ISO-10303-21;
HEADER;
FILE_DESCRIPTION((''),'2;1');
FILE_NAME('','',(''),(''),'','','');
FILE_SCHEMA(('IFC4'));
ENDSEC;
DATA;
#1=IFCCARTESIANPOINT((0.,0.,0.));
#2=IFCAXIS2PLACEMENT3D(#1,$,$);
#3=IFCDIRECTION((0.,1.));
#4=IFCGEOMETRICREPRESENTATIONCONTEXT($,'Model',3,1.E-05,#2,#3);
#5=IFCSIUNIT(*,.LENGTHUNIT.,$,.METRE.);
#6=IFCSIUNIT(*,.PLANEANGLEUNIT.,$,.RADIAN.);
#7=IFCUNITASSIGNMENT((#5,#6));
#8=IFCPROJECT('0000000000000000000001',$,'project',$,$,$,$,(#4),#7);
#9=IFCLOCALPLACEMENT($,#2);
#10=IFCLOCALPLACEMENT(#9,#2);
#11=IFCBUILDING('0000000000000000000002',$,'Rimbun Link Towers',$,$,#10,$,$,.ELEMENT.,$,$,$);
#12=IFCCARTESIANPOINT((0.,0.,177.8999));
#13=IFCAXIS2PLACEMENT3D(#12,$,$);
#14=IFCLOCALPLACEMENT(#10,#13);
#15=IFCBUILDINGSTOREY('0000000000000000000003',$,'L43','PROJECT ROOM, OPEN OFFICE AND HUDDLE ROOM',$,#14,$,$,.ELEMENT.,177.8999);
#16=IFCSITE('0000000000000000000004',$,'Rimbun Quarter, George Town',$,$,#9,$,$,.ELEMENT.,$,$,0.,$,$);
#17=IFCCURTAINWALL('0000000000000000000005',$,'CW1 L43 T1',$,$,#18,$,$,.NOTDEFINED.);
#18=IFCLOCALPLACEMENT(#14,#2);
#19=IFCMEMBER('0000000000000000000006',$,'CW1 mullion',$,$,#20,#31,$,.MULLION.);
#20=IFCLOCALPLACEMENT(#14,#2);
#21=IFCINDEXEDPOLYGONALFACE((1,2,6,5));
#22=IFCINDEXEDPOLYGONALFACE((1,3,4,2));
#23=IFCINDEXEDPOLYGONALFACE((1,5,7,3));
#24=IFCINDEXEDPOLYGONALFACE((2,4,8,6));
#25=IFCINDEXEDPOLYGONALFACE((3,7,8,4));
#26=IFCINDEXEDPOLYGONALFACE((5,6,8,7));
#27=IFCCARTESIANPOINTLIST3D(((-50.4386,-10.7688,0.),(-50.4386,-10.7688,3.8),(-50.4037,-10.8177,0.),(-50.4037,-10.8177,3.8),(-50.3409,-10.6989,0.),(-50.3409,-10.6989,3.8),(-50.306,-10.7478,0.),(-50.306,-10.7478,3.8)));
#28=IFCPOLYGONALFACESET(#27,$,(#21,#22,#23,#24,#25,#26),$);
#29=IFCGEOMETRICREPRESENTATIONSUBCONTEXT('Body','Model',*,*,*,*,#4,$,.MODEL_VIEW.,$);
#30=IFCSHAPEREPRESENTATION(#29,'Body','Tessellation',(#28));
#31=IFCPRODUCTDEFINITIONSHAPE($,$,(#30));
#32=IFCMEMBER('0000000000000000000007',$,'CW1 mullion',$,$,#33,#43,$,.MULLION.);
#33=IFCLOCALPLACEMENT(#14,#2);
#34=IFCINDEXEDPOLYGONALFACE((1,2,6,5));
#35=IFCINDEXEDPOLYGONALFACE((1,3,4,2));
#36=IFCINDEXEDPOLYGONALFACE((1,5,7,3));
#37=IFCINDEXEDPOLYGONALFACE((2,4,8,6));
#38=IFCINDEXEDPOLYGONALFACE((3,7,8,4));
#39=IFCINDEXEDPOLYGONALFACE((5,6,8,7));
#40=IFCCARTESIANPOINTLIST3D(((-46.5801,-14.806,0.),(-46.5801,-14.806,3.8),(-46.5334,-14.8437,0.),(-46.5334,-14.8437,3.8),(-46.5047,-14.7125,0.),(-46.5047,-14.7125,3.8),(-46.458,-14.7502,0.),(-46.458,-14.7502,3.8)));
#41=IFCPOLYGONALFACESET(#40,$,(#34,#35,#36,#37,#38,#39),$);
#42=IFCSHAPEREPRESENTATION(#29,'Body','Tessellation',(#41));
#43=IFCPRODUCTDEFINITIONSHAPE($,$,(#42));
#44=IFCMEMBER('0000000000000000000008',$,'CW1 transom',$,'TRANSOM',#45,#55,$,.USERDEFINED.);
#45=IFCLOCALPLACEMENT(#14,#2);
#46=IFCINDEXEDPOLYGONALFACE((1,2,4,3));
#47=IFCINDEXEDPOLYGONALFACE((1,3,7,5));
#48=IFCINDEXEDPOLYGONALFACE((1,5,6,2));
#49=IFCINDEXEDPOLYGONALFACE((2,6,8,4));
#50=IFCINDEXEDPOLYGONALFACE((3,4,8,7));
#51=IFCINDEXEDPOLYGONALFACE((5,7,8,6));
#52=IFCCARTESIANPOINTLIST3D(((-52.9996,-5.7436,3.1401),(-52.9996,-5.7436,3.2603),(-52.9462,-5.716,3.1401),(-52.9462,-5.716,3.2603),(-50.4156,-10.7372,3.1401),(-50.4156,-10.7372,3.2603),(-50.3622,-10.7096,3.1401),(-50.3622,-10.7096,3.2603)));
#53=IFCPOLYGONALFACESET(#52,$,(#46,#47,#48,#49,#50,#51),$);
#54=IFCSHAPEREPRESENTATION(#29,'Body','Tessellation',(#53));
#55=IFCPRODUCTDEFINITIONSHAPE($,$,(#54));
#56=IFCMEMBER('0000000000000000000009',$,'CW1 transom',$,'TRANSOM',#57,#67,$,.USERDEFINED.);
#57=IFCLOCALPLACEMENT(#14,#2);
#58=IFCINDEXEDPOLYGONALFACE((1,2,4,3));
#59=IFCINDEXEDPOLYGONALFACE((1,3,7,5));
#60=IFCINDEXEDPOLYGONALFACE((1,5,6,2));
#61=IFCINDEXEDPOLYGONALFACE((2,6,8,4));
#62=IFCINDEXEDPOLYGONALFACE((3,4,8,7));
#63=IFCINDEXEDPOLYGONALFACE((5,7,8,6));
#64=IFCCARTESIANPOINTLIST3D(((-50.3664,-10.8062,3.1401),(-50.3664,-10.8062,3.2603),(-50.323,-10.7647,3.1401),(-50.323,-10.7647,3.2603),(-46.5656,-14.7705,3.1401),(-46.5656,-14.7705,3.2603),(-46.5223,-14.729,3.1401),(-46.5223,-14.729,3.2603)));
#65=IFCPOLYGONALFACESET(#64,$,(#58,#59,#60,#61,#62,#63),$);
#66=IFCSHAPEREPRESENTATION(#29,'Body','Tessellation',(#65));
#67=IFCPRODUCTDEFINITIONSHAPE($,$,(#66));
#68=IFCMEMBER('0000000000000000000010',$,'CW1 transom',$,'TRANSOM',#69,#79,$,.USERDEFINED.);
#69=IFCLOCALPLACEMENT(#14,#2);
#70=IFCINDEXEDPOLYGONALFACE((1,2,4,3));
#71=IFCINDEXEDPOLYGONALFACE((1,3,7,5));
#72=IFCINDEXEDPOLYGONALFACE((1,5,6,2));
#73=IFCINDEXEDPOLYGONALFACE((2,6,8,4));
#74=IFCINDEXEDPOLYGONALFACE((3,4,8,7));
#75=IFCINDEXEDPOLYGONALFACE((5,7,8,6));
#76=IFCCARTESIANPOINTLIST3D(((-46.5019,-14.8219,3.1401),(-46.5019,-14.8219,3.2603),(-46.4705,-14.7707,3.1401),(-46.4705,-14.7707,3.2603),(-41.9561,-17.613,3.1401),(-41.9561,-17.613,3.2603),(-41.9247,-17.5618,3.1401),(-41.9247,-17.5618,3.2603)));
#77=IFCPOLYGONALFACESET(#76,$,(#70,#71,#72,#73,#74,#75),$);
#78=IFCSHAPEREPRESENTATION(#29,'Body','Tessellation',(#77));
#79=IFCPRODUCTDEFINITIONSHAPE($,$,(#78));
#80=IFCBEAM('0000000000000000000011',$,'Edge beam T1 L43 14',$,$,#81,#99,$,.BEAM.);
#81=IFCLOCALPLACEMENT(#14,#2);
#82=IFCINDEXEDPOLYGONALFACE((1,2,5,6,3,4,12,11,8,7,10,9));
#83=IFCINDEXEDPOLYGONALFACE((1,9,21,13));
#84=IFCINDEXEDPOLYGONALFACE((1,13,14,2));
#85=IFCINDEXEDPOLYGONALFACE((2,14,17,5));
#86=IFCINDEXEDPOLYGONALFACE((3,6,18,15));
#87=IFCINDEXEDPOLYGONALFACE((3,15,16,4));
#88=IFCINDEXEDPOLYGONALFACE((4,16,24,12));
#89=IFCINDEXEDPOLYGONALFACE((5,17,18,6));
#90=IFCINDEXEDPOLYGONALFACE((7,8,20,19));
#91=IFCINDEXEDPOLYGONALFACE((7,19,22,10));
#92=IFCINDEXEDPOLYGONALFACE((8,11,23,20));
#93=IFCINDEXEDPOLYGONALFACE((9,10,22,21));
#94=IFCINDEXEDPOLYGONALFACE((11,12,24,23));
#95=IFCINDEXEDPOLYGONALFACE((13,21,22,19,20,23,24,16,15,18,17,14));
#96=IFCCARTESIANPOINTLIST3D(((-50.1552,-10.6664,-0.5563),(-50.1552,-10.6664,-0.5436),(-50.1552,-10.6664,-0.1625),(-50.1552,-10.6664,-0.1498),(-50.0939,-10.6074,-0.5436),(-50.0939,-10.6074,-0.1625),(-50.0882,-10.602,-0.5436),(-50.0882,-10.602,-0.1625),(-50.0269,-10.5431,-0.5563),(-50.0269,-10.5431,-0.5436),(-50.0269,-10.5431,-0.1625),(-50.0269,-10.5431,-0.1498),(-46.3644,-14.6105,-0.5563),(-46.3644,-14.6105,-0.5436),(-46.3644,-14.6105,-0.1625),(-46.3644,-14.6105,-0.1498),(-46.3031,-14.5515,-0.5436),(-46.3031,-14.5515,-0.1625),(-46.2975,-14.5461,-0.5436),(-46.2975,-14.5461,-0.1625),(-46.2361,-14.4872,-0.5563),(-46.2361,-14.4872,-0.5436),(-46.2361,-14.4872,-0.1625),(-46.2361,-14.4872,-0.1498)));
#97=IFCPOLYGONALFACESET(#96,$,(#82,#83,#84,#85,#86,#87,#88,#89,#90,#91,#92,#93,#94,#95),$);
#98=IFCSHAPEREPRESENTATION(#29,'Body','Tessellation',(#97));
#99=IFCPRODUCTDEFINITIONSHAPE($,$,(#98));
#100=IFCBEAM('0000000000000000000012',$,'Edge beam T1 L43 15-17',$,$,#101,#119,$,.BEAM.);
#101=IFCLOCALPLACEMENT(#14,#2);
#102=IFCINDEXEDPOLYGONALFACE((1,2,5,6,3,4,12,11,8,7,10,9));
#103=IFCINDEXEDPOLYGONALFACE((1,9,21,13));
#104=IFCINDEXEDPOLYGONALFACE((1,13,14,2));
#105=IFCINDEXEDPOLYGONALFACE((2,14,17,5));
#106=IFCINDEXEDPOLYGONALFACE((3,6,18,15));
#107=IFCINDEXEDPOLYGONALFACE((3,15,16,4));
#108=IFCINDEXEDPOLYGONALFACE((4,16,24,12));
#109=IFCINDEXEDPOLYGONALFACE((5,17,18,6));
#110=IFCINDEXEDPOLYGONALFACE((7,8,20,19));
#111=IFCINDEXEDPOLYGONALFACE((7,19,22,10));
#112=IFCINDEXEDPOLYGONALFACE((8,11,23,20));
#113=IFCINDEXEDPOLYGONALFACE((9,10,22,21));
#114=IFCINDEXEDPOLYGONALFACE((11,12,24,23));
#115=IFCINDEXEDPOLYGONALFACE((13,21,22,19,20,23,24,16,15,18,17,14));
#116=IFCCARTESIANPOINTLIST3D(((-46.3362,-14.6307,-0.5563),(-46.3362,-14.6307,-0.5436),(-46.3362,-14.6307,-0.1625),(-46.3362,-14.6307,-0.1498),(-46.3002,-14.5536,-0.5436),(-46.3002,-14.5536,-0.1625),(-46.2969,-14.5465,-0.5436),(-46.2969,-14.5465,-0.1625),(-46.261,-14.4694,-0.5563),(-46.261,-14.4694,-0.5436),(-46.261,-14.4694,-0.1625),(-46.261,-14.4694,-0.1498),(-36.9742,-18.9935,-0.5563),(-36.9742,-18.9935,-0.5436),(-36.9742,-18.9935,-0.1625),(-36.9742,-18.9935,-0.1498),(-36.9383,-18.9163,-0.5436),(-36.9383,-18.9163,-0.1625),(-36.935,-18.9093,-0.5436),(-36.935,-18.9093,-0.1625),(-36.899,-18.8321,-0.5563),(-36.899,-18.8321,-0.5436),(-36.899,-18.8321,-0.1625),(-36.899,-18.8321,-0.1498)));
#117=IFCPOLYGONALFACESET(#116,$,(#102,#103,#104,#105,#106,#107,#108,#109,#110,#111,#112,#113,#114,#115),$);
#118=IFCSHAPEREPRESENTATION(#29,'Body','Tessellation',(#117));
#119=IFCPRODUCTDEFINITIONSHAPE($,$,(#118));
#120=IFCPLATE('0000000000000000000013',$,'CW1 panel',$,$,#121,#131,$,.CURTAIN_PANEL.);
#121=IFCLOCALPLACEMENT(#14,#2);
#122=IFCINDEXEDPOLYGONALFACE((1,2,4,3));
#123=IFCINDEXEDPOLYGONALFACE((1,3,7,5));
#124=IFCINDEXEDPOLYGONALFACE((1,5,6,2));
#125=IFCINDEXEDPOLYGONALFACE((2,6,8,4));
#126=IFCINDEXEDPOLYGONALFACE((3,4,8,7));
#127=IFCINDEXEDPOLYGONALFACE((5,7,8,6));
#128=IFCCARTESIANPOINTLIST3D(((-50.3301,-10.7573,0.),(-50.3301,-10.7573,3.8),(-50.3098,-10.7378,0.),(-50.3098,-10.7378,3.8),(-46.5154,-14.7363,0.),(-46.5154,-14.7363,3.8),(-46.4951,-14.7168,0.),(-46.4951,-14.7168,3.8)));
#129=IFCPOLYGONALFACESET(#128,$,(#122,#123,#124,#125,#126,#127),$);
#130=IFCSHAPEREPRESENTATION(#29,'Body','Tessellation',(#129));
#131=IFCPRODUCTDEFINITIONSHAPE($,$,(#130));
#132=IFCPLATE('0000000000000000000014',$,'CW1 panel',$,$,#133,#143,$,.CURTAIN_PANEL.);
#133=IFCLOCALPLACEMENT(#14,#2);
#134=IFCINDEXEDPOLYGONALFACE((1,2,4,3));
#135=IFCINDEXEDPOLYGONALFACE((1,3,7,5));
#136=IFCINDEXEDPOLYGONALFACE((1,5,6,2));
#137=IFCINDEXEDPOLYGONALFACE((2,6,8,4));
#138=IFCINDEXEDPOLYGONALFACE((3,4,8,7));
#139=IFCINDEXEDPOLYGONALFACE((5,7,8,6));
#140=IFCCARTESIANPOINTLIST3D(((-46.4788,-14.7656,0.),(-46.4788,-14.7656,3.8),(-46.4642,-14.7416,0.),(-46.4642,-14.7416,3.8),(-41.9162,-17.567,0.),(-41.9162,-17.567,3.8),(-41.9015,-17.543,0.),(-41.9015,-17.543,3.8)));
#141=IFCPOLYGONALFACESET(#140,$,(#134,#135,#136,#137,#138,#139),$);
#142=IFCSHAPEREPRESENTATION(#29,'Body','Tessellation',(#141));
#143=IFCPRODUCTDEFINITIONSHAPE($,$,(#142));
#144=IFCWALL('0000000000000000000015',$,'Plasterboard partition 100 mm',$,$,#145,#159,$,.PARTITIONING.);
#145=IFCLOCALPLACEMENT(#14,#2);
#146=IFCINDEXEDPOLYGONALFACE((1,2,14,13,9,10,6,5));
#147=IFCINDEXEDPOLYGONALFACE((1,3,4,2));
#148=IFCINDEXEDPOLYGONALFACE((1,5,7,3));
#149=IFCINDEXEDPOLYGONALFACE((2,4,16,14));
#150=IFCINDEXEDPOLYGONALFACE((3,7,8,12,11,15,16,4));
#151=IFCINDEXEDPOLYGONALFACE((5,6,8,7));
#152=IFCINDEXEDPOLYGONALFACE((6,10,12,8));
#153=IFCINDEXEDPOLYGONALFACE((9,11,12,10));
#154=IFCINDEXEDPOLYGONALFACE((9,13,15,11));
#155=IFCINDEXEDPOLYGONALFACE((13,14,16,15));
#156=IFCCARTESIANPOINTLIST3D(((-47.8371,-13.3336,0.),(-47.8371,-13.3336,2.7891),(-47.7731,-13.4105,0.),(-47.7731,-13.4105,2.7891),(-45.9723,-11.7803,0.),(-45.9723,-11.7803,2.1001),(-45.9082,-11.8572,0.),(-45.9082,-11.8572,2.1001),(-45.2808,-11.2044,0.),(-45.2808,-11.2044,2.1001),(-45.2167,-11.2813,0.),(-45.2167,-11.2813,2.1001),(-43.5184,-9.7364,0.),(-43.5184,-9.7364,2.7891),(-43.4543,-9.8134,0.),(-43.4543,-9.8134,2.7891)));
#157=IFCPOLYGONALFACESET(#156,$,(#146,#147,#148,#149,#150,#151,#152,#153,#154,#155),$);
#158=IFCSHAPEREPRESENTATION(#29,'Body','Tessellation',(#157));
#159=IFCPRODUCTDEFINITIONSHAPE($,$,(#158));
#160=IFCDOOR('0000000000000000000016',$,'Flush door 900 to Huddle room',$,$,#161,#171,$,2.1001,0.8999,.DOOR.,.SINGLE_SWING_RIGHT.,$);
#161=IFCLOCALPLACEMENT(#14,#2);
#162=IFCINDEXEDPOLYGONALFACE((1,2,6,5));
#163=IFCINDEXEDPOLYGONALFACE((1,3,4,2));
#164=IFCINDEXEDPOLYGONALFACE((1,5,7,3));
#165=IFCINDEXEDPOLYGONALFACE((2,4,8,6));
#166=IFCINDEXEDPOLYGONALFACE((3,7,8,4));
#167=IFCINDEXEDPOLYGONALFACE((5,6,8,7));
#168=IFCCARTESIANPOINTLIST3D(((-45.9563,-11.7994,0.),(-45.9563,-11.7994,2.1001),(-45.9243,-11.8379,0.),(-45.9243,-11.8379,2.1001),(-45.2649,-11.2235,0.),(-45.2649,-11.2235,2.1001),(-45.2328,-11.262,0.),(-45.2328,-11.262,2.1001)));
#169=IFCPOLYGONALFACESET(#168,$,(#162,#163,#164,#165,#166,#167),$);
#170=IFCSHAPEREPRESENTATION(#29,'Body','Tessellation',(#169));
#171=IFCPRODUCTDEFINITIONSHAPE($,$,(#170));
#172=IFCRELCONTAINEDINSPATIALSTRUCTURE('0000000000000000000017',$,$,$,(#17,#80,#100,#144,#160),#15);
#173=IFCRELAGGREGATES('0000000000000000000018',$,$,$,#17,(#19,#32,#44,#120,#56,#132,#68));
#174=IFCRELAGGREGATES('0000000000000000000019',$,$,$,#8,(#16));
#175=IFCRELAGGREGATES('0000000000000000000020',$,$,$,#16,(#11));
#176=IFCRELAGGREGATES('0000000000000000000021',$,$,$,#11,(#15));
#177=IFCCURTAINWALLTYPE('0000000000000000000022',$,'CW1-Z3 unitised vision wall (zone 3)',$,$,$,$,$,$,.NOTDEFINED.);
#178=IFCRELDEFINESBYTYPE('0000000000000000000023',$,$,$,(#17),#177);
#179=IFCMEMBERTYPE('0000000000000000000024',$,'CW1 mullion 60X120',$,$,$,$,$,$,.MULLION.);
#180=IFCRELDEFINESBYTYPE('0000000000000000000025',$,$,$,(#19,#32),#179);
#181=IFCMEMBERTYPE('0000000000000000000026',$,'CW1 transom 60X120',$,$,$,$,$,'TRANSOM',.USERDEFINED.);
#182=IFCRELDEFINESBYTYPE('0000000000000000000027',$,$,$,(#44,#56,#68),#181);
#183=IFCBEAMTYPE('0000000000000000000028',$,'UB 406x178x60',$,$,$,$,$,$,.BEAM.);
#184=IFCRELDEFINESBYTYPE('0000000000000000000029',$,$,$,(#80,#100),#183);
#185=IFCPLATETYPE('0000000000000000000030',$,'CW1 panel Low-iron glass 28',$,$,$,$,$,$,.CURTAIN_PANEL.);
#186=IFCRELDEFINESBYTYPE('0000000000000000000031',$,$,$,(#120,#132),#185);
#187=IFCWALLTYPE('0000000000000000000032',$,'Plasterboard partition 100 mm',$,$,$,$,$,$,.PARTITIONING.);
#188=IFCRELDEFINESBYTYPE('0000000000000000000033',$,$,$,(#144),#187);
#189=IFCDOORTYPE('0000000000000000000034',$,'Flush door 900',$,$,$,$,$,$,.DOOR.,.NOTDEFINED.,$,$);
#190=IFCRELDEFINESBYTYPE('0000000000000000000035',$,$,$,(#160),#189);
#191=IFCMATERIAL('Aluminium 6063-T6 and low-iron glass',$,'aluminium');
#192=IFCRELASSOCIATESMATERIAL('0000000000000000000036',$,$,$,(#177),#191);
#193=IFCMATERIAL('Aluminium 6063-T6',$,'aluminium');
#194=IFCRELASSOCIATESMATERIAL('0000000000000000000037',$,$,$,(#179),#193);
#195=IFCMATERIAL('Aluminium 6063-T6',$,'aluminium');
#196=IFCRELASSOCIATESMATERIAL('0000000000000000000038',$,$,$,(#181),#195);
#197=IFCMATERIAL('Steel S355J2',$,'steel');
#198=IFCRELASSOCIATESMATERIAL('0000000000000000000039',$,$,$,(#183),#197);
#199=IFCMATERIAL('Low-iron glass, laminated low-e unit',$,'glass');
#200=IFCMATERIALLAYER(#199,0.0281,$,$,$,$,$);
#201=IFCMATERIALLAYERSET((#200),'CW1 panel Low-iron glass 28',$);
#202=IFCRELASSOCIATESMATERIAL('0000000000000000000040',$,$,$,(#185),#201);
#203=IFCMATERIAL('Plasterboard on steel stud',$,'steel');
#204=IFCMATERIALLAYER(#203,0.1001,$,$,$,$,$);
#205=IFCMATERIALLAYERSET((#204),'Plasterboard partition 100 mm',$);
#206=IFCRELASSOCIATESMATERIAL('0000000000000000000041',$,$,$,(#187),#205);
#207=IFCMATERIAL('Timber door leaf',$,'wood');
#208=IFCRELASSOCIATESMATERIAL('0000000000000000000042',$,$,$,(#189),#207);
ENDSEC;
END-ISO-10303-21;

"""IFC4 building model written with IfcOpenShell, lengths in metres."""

from ifc_helpers import new_model, si_unit, direction, frame, frame_2d, origin, origin_2d, place, context, subcontext, project, spatial, rectangle, i_section, extrude, material, layer, layer_set, material_profile, profile_set, type_object, element, fill, aggregate, save


model = new_model("IFC4")

# Units and contexts
model_context = context("Model", 3, precision=1e-05, world=origin(), true_north=direction((0.0, 1.0)))
body_context = subcontext(model_context, "Body", "Model", "MODEL_VIEW")
ifc_project = project(units=[si_unit("LENGTHUNIT", "METRE"), si_unit("PLANEANGLEUNIT", "RADIAN")], contexts=[model_context])

# Site, building, storey
site_placement = place(None, origin())
site = spatial("IfcSite", under=ifc_project, at=site_placement, Name="Rimbun Quarter, George Town", CompositionType="ELEMENT", RefElevation=0.0)
building_placement = place(site_placement, origin())
building = spatial("IfcBuilding", under=site, at=building_placement, Name="Rimbun Link Towers", CompositionType="ELEMENT")
storey_placement = place(building_placement, frame((0.0, 0.0, 177.8999)))
storey = spatial("IfcBuildingStorey", under=building, at=storey_placement, Name="L43", Description="PROJECT ROOM, OPEN OFFICE AND HUDDLE ROOM", CompositionType="ELEMENT", Elevation=177.8999)

# Curtain wall, members
ifc_material_1 = material(Name="Aluminium 6063-T6 and low-iron glass", Category="aluminium")
curtain_wall_type = type_object("IfcCurtainWallType", Name="CW1-Z3 unitised vision wall (zone 3)", PredefinedType="NOTDEFINED", material=ifc_material_1)
curtain_wall_placement = place(storey_placement, origin())
curtain_wall = element("IfcCurtainWall", 1, at=curtain_wall_placement, inside=storey, type_object=curtain_wall_type, Name="CW1 L43 T1", PredefinedType="NOTDEFINED")
ifc_material_2 = material(Name="Aluminium 6063-T6", Category="aluminium")
ifc_material_profile_1 = material_profile(ifc_material_2, rectangle(XDim=0.1201, YDim=0.0601, at=origin_2d()), Name="MULLION 60X120")
ifc_profile_set_1 = profile_set([ifc_material_profile_1], Name="Aluminium 6063-T6")
member_type_1 = type_object("IfcMemberType", Name="CW1 mullion 60X120", PredefinedType="MULLION", material=ifc_profile_set_1)
member_1_placement = place(storey_placement, frame((-50.3723, -10.7583, 0.0), z_axis=(0.0, 0.0, 1.0), x_axis=(-0.81335, -0.581775, 0.0)))
member_1 = element("IfcMember", 2, at=member_1_placement, type_object=member_type_1, Name="CW1 mullion", PredefinedType="MULLION", context=body_context, shape_type="SweptSolid", body=[
    extrude(rectangle(XDim=0.1201, YDim=0.0601, at=origin_2d()), origin(), (0.0, 0.0, 1.0), 3.8),
])
member_2_placement = place(storey_placement, frame((-46.519, -14.7781, 0.0), z_axis=(0.0, 0.0, 1.0), x_axis=(-0.627671, -0.778479, 0.0)))
member_2 = element("IfcMember", 3, at=member_2_placement, type_object=member_type_1, Name="CW1 mullion", PredefinedType="MULLION", context=body_context, shape_type="SweptSolid", body=[
    extrude(rectangle(XDim=0.1201, YDim=0.0601, at=origin_2d()), origin(), (0.0, 0.0, 1.0), 3.8),
])
ifc_material_3 = material(Name="Aluminium 6063-T6", Category="aluminium")
ifc_material_profile_2 = material_profile(ifc_material_3, rectangle(XDim=0.0601, YDim=0.1201, at=origin_2d()), Name="TRANSOM 60X120")
ifc_profile_set_2 = profile_set([ifc_material_profile_2], Name="Aluminium 6063-T6")
member_type_2 = type_object("IfcMemberType", Name="CW1 transom 60X120", ElementType="TRANSOM", PredefinedType="USERDEFINED", material=ifc_profile_set_2)
member_3_placement = place(storey_placement, frame((-50.3889, -10.7234, 3.2002), z_axis=(-0.459572, 0.888141, 0.0), x_axis=(-0.888141, -0.459572, 0.0)))
member_3 = element("IfcMember", 4, at=member_3_placement, type_object=member_type_2, Name="CW1 transom", ObjectType="TRANSOM", PredefinedType="USERDEFINED", context=body_context, shape_type="SweptSolid", body=[
    extrude(rectangle(XDim=0.0601, YDim=0.1201, at=origin_2d()), origin(), (0.0, 0.0, 1.0), 5.6226),
])
member_4_placement = place(storey_placement, frame((-46.5439, -14.7498, 3.2002), z_axis=(-0.692058, 0.721842, 0.0), x_axis=(-0.721842, -0.692058, 0.0)))
member_4 = element("IfcMember", 5, at=member_4_placement, type_object=member_type_2, Name="CW1 transom", ObjectType="TRANSOM", PredefinedType="USERDEFINED", context=body_context, shape_type="SweptSolid", body=[
    extrude(rectangle(XDim=0.0601, YDim=0.1201, at=origin_2d()), origin(), (0.0, 0.0, 1.0), 5.4919),
])
member_5_placement = place(storey_placement, frame((-41.9404, -17.5874, 3.2002), z_axis=(-0.852186, 0.523239, 0.0), x_axis=(-0.523239, -0.852186, 0.0)))
member_5 = element("IfcMember", 6, at=member_5_placement, type_object=member_type_2, Name="CW1 transom", ObjectType="TRANSOM", PredefinedType="USERDEFINED", context=body_context, shape_type="SweptSolid", body=[
    extrude(rectangle(XDim=0.0601, YDim=0.1201, at=origin_2d()), origin(), (0.0, 0.0, 1.0), 5.3342),
])

# Beams
ifc_material_4 = material(Name="Steel S355J2", Category="steel")
ifc_material_profile_3 = material_profile(ifc_material_4, i_section(OverallWidth=0.178, OverallDepth=0.4065, WebThickness=0.0078, FlangeThickness=0.0127, at=origin_2d()), Name="UB 406x178x60")
ifc_profile_set_3 = profile_set([ifc_material_profile_3], Name="Steel S355J2")
beam_type = type_object("IfcBeamType", Name="UB 406x178x60", PredefinedType="BEAM", material=ifc_profile_set_3)
beam_1_placement = place(storey_placement, frame((-50.0911, -10.6047, -0.353), z_axis=(0.692954, -0.720981, 0.0), x_axis=(0.720981, 0.692954, 0.0)))
element("IfcBeam", 7, at=beam_1_placement, inside=storey, type_object=beam_type, Name="Edge beam T1 L43 14", PredefinedType="BEAM", context=body_context, shape_type="SweptSolid", body=[
    extrude(i_section(OverallWidth=0.178, OverallDepth=0.4065, WebThickness=0.0078, FlangeThickness=0.0127, at=origin_2d()), origin(), (0.0, 0.0, 1.0), 5.4705),
])
beam_2_placement = place(storey_placement, frame((-46.2986, -14.55, -0.353), z_axis=(0.906412, -0.422395, 0.0), x_axis=(0.422395, 0.906412, 0.0)))
element("IfcBeam", 8, at=beam_2_placement, inside=storey, type_object=beam_type, Name="Edge beam T1 L43 15-17", PredefinedType="BEAM", context=body_context, shape_type="SweptSolid", body=[
    extrude(i_section(OverallWidth=0.178, OverallDepth=0.4065, WebThickness=0.0078, FlangeThickness=0.0127, at=origin_2d()), origin(), (0.0, 0.0, 1.0), 10.3286),
])

# Plates
ifc_material_5 = material(Name="Low-iron glass, laminated low-e unit", Category="glass")
ifc_layer_1 = layer(ifc_material_5, 0.0281)
ifc_layer_set_1 = layer_set([ifc_layer_1], Name="CW1 panel Low-iron glass 28")
plate_type = type_object("IfcPlateType", Name="CW1 panel Low-iron glass 28", PredefinedType="CURTAIN_PANEL", material=ifc_layer_set_1)
plate_1_placement = place(storey_placement, frame((-48.4126, -12.7371, 0.0), z_axis=(0.0, 0.0, 1.0), x_axis=(-0.692045, 0.721854, 0.0)))
plate_1 = element("IfcPlate", 9, at=plate_1_placement, type_object=plate_type, Name="CW1 panel", PredefinedType="CURTAIN_PANEL", context=body_context, shape_type="SweptSolid", body=[
    extrude(rectangle(XDim=5.5122, YDim=0.0281, at=origin_2d()), origin(), (0.0, 0.0, 1.0), 3.8),
])
plate_2_placement = place(storey_placement, frame((-44.1902, -16.1543, 0.0), z_axis=(0.0, 0.0, 1.0), x_axis=(-0.852191, 0.523231, 0.0)))
plate_2 = element("IfcPlate", 10, at=plate_2_placement, type_object=plate_type, Name="CW1 panel", PredefinedType="CURTAIN_PANEL", context=body_context, shape_type="SweptSolid", body=[
    extrude(rectangle(XDim=5.354, YDim=0.0281, at=origin_2d()), origin(), (0.0, 0.0, 1.0), 3.8),
])
aggregate(curtain_wall, [member_1, member_2, member_3, plate_1, member_4, plate_2, member_5])

# Wall, opening, door
ifc_material_6 = material(Name="Plasterboard on steel stud", Category="steel")
ifc_layer_2 = layer(ifc_material_6, 0.1001)
ifc_layer_set_2 = layer_set([ifc_layer_2], Name="Plasterboard partition 100 mm")
wall_type = type_object("IfcWallType", Name="Plasterboard partition 100 mm", PredefinedType="PARTITIONING", material=ifc_layer_set_2)
wall_placement = place(storey_placement, frame((-43.4863, -9.7749, 0.0), z_axis=(0.0, 0.0, 1.0), x_axis=(-0.768385, -0.639988, 0.0)))
wall = element("IfcWall", 11, at=wall_placement, inside=storey, type_object=wall_type, Name="Plasterboard partition 100 mm", PredefinedType="PARTITIONING", context=body_context, shape_type="SweptSolid", body=[
    extrude(rectangle(XDim=5.6206, YDim=0.1001, at=frame_2d((2.8103, 0.0))), origin(), (0.0, 0.0, 1.0), 2.7891),
])
opening_placement = place(wall_placement, frame((2.2937, 0.0, 0.0)))
opening = element("IfcOpeningElement", 12, at=opening_placement, cuts=wall, PredefinedType="OPENING", context=body_context, shape_type="SweptSolid", body=[
    extrude(rectangle(XDim=0.8999, YDim=2.1001, at=frame_2d((0.45, 1.05))), frame((0.0, 0.0601, 0.0), z_axis=(0.0, -1.0, 0.0), x_axis=(1.0, 0.0, 0.0)), (0.0, 0.0, 1.0), 0.1201),
])
ifc_material_7 = material(Name="Timber door leaf", Category="wood")
door_type = type_object("IfcDoorType", Name="Flush door 900", OperationType="NOTDEFINED", PredefinedType="DOOR", material=ifc_material_7)
door_placement = place(opening_placement, origin())
door = element("IfcDoor", 13, at=door_placement, inside=storey, type_object=door_type, Name="Flush door 900 to Huddle room", OperationType="SINGLE_SWING_RIGHT", OverallHeight=2.1001, OverallWidth=0.8999, PredefinedType="DOOR", context=body_context, shape_type="SweptSolid", body=[
    extrude(rectangle(XDim=0.8999, YDim=2.1001, at=frame_2d((0.45, 1.05))), frame((0.0, 0.0249, 0.0), z_axis=(0.0, -1.0, 0.0), x_axis=(1.0, 0.0, 0.0)), (0.0, 0.0, 1.0), 0.05),
])
fill(opening, door)

save(model, "model.ifc")
